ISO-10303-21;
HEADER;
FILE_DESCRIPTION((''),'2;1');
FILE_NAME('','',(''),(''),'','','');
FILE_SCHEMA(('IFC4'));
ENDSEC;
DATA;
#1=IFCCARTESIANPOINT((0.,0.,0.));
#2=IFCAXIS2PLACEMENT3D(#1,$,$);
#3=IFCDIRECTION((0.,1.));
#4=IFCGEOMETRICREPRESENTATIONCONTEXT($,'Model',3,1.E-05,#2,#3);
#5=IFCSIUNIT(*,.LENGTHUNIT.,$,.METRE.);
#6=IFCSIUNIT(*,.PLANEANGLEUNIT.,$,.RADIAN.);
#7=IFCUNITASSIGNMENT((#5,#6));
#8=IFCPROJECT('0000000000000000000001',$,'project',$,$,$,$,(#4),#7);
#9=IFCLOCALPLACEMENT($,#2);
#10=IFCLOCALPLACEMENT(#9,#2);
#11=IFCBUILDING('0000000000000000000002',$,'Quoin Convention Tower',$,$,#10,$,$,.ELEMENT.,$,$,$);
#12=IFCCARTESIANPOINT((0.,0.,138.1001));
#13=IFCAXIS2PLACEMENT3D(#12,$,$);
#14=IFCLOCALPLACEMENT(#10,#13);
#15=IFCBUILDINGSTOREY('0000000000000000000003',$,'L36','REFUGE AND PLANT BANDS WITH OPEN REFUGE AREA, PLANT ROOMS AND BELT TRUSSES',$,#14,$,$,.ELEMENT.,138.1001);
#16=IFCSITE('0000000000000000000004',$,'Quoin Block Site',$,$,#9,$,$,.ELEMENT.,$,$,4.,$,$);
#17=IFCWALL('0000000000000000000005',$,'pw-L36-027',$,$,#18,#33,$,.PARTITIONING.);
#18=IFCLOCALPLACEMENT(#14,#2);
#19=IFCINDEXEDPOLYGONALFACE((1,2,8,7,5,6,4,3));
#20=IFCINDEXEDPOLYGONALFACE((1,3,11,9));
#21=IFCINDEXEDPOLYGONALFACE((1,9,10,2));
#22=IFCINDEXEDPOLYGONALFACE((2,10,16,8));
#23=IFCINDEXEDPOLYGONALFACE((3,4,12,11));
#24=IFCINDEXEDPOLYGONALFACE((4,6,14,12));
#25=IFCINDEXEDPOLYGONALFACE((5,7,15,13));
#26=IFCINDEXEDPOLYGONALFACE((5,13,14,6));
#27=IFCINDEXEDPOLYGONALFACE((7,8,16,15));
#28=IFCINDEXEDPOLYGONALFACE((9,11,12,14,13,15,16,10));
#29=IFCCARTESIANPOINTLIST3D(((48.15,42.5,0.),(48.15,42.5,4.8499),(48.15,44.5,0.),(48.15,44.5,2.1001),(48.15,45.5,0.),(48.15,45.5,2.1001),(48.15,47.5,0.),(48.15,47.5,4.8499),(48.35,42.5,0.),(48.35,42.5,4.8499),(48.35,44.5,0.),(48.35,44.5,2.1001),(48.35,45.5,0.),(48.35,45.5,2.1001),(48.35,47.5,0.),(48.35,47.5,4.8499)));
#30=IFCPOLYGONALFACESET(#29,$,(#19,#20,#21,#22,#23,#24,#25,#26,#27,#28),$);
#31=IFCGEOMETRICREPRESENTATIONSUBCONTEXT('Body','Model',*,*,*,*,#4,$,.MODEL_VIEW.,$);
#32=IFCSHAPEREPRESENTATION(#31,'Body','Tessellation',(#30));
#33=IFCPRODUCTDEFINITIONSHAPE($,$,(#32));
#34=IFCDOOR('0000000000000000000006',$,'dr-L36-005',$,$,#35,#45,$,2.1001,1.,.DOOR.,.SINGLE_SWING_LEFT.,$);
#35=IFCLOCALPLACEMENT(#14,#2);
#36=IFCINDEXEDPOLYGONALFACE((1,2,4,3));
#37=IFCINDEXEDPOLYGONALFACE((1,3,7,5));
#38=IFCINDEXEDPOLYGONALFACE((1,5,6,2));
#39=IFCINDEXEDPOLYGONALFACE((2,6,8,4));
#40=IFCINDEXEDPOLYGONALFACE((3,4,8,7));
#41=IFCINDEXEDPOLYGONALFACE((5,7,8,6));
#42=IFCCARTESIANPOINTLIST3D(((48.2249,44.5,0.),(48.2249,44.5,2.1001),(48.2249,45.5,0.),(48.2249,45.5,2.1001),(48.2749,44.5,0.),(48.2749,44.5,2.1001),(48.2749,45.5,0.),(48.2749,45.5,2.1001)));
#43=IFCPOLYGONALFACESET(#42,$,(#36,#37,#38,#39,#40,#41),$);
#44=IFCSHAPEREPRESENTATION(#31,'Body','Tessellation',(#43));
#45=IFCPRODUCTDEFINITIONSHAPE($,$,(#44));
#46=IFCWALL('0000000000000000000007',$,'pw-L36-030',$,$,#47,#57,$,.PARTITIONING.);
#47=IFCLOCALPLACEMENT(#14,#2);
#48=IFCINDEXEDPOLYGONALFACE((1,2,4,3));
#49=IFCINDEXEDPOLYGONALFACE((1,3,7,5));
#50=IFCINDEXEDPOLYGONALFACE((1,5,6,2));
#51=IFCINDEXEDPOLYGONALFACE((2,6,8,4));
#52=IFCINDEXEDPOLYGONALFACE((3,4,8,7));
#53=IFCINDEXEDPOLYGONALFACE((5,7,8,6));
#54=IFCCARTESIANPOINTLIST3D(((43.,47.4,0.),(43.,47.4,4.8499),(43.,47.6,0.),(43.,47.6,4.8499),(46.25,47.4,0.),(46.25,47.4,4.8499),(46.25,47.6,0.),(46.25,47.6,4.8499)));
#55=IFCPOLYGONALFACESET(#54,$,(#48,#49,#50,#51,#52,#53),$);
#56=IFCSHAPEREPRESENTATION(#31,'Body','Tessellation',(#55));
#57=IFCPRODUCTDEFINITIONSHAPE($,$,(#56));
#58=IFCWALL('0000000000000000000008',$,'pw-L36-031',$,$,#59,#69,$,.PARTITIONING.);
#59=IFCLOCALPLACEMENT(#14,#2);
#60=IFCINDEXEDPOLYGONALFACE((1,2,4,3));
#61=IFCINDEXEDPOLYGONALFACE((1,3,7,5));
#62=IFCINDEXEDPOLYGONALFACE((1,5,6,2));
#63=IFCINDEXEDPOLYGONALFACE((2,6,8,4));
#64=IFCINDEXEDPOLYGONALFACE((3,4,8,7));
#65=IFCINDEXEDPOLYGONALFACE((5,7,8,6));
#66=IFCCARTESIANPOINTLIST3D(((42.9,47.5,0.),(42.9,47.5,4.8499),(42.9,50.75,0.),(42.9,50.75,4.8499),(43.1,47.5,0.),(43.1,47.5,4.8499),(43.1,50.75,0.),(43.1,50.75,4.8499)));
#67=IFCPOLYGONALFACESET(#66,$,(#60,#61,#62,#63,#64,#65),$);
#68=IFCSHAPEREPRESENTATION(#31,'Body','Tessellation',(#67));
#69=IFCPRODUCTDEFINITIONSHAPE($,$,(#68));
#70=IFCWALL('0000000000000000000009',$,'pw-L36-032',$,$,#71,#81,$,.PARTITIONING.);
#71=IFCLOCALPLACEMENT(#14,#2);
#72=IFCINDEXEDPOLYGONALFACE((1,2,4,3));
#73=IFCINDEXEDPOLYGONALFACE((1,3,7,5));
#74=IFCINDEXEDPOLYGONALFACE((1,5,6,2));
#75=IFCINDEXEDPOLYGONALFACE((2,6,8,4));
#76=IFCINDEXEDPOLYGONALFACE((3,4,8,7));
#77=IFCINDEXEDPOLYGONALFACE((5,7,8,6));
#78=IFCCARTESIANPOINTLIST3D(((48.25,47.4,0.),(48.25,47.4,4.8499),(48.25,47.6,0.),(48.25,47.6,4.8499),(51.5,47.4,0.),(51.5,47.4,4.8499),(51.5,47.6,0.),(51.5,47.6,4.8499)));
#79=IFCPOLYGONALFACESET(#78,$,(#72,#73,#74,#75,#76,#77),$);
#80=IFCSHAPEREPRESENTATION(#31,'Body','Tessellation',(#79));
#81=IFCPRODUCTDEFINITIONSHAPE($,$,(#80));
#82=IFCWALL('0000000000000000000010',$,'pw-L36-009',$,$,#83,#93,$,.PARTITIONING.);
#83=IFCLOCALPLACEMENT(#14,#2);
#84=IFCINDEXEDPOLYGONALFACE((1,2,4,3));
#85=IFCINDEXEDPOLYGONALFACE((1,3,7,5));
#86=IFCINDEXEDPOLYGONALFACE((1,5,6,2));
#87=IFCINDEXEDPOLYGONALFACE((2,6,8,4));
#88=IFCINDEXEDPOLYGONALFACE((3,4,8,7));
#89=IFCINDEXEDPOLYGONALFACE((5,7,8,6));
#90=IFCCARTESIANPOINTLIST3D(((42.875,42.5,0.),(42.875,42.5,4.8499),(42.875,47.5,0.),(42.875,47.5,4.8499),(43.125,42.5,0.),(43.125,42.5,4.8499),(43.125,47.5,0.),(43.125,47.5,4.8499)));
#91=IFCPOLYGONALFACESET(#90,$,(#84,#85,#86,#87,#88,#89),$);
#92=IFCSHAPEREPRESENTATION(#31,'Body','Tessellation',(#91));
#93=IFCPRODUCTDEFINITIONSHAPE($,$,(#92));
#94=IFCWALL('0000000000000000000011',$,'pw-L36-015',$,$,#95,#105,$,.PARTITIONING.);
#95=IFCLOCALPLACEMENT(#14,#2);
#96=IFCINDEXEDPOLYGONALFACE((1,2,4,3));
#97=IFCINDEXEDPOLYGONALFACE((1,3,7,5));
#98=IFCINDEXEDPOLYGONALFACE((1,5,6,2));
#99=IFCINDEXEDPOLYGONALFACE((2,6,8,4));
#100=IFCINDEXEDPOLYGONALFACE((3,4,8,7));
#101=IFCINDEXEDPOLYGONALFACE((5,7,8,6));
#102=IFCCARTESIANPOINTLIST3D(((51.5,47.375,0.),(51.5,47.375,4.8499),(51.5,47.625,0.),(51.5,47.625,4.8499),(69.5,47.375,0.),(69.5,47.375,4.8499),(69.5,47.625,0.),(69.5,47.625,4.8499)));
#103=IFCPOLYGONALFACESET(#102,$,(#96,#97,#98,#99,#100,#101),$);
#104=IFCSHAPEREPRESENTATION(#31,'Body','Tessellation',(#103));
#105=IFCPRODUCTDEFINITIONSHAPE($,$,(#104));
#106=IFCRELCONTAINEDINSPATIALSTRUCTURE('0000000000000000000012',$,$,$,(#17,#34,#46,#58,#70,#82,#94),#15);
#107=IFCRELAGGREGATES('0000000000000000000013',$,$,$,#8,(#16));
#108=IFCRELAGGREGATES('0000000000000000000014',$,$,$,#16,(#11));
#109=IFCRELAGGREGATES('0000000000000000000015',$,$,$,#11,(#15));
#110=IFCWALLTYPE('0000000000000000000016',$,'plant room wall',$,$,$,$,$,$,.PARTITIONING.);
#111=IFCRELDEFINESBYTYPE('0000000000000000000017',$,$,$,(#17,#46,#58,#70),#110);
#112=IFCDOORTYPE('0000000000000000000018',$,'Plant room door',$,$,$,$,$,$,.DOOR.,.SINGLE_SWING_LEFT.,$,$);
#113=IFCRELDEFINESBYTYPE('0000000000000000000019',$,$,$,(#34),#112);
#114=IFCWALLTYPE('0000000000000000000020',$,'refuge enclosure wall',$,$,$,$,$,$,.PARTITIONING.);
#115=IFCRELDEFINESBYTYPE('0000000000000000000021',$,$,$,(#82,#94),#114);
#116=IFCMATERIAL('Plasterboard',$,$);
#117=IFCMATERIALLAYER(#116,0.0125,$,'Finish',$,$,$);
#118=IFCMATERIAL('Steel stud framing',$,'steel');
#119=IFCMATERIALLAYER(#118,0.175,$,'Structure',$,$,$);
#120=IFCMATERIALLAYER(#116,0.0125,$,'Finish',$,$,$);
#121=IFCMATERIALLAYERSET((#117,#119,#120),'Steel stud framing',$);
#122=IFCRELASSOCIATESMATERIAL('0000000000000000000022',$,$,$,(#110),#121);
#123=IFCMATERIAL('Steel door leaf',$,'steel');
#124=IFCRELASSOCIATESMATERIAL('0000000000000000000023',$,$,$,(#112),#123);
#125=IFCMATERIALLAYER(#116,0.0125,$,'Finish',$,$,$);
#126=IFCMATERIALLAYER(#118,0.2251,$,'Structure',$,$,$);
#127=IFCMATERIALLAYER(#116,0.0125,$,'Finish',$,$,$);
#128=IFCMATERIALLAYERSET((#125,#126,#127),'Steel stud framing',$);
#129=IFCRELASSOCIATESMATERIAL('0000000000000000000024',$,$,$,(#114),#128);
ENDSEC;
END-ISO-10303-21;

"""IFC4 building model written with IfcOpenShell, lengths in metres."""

from ifc_helpers import new_model, si_unit, direction, frame, frame_2d, origin, place, context, subcontext, project, spatial, rectangle, extrude, material, layer, layer_set, type_object, element, fill, save


model = new_model("IFC4")

# Units and contexts
model_context = context("Model", 3, precision=1e-05, world=origin(), true_north=direction((0.0, 1.0)))
body_context = subcontext(model_context, "Body", "Model", "MODEL_VIEW")
ifc_project = project(units=[si_unit("LENGTHUNIT", "METRE"), si_unit("PLANEANGLEUNIT", "RADIAN")], contexts=[model_context])

# Site, building, storey
site_placement = place(None, origin())
site = spatial("IfcSite", under=ifc_project, at=site_placement, Name="Quoin Block Site", CompositionType="ELEMENT", RefElevation=4.0)
building_placement = place(site_placement, origin())
building = spatial("IfcBuilding", under=site, at=building_placement, Name="Quoin Convention Tower", CompositionType="ELEMENT")
storey_placement = place(building_placement, frame((0.0, 0.0, 138.1001)))
storey = spatial("IfcBuildingStorey", under=building, at=storey_placement, Name="L36", Description="REFUGE AND PLANT BANDS WITH OPEN REFUGE AREA, PLANT ROOMS AND BELT TRUSSES", CompositionType="ELEMENT", Elevation=138.1001)

# Shared definitions
ifc_material_1 = material(Name="Steel door leaf", Category="steel")

# Shared definitions
ifc_material_2 = material(Name="Plasterboard")
ifc_layer_1 = layer(ifc_material_2, 0.0125, Name="Finish")
ifc_material_3 = material(Name="Steel stud framing", Category="steel")
ifc_layer_2 = layer(ifc_material_3, 0.175, Name="Structure")
ifc_layer_3 = layer(ifc_material_2, 0.0125, Name="Finish")
ifc_layer_set_1 = layer_set([ifc_layer_1, ifc_layer_2, ifc_layer_3], Name="Steel stud framing")
wall_type_1 = type_object("IfcWallType", Name="plant room wall", PredefinedType="PARTITIONING", material=ifc_layer_set_1)

# Shared definitions
door_type_1 = type_object("IfcDoorType", Name="Plant room door", OperationType="SINGLE_SWING_LEFT", PredefinedType="DOOR", material=ifc_material_1)

# Wall, opening, door
wall_1_placement = place(storey_placement, frame((48.25, 42.5, 0.0), z_axis=(0.0, 0.0, 1.0), x_axis=(0.0, 1.0, 0.0)))
wall_1 = element("IfcWall", 1, at=wall_1_placement, inside=storey, type_object=wall_type_1, Name="pw-L36-027", PredefinedType="PARTITIONING", context=body_context, shape_type="SweptSolid", body=[
    extrude(rectangle(XDim=5.0, YDim=0.2, at=frame_2d((2.5, 0.0))), origin(), (0.0, 0.0, 1.0), 4.8499),
])
opening_1_placement = place(wall_1_placement, frame((2.0, 0.0, 0.0)))
opening_1 = element("IfcOpeningElement", 2, at=opening_1_placement, cuts=wall_1, PredefinedType="OPENING", context=body_context, shape_type="SweptSolid", body=[
    extrude(rectangle(XDim=1.0, YDim=2.1001, at=frame_2d((0.5, 1.05))), frame((0.0, 0.1099, 0.0), z_axis=(0.0, -1.0, 0.0), x_axis=(1.0, 0.0, 0.0)), (0.0, 0.0, 1.0), 0.22),
])
door_1_placement = place(opening_1_placement, frame((1.0, 0.0, 0.0), z_axis=(0.0, 0.0, 1.0), x_axis=(-1.0, 0.0, 0.0)))
door_1 = element("IfcDoor", 3, at=door_1_placement, inside=storey, type_object=door_type_1, Name="dr-L36-005", OperationType="SINGLE_SWING_LEFT", OverallHeight=2.1001, OverallWidth=1.0, PredefinedType="DOOR", context=body_context, shape_type="SweptSolid", body=[
    extrude(rectangle(XDim=1.0, YDim=2.1001, at=frame_2d((0.5, 1.05))), frame((0.0, 0.0249, 0.0), z_axis=(0.0, -1.0, 0.0), x_axis=(1.0, 0.0, 0.0)), (0.0, 0.0, 1.0), 0.05),
])
fill(opening_1, door_1)

# Walls
for number, where, z_axis, x_axis, name in (
    (4, (43.0, 47.5, 0.0), (0.0, 0.0, 1.0), (1.0, 0.0, 0.0), "pw-L36-030"),
    (5, (43.0, 47.5, 0.0), (0.0, 0.0, 1.0), (0.0, 1.0, 0.0), "pw-L36-031"),
    (6, (48.25, 47.5, 0.0), (0.0, 0.0, 1.0), (1.0, 0.0, 0.0), "pw-L36-032"),
):
    element("IfcWall", number, at=place(storey_placement, frame(where, z_axis=z_axis, x_axis=x_axis)), inside=storey, type_object=wall_type_1, Name=name, PredefinedType="PARTITIONING", context=body_context, shape_type="SweptSolid", body=[
        extrude(rectangle(XDim=3.25, YDim=0.2, at=frame_2d((1.625, 0.0))), origin(), (0.0, 0.0, 1.0), 4.8499),
    ])
ifc_layer_4 = layer(ifc_material_2, 0.0125, Name="Finish")
ifc_layer_5 = layer(ifc_material_3, 0.2251, Name="Structure")
ifc_layer_6 = layer(ifc_material_2, 0.0125, Name="Finish")
ifc_layer_set_2 = layer_set([ifc_layer_4, ifc_layer_5, ifc_layer_6], Name="Steel stud framing")
wall_type_2 = type_object("IfcWallType", Name="refuge enclosure wall", PredefinedType="PARTITIONING", material=ifc_layer_set_2)
wall_2_placement = place(storey_placement, frame((43.0, 42.5, 0.0), z_axis=(0.0, 0.0, 1.0), x_axis=(0.0, 1.0, 0.0)))
element("IfcWall", 7, at=wall_2_placement, inside=storey, type_object=wall_type_2, Name="pw-L36-009", PredefinedType="PARTITIONING", context=body_context, shape_type="SweptSolid", body=[
    extrude(rectangle(XDim=5.0, YDim=0.25, at=frame_2d((2.5, 0.0))), origin(), (0.0, 0.0, 1.0), 4.8499),
])
wall_3_placement = place(storey_placement, frame((51.5, 47.5, 0.0), z_axis=(0.0, 0.0, 1.0), x_axis=(1.0, 0.0, 0.0)))
element("IfcWall", 8, at=wall_3_placement, inside=storey, type_object=wall_type_2, Name="pw-L36-015", PredefinedType="PARTITIONING", context=body_context, shape_type="SweptSolid", body=[
    extrude(rectangle(XDim=18.0, YDim=0.25, at=frame_2d((9.0, 0.0))), origin(), (0.0, 0.0, 1.0), 4.8499),
])

save(model, "model.ifc")
